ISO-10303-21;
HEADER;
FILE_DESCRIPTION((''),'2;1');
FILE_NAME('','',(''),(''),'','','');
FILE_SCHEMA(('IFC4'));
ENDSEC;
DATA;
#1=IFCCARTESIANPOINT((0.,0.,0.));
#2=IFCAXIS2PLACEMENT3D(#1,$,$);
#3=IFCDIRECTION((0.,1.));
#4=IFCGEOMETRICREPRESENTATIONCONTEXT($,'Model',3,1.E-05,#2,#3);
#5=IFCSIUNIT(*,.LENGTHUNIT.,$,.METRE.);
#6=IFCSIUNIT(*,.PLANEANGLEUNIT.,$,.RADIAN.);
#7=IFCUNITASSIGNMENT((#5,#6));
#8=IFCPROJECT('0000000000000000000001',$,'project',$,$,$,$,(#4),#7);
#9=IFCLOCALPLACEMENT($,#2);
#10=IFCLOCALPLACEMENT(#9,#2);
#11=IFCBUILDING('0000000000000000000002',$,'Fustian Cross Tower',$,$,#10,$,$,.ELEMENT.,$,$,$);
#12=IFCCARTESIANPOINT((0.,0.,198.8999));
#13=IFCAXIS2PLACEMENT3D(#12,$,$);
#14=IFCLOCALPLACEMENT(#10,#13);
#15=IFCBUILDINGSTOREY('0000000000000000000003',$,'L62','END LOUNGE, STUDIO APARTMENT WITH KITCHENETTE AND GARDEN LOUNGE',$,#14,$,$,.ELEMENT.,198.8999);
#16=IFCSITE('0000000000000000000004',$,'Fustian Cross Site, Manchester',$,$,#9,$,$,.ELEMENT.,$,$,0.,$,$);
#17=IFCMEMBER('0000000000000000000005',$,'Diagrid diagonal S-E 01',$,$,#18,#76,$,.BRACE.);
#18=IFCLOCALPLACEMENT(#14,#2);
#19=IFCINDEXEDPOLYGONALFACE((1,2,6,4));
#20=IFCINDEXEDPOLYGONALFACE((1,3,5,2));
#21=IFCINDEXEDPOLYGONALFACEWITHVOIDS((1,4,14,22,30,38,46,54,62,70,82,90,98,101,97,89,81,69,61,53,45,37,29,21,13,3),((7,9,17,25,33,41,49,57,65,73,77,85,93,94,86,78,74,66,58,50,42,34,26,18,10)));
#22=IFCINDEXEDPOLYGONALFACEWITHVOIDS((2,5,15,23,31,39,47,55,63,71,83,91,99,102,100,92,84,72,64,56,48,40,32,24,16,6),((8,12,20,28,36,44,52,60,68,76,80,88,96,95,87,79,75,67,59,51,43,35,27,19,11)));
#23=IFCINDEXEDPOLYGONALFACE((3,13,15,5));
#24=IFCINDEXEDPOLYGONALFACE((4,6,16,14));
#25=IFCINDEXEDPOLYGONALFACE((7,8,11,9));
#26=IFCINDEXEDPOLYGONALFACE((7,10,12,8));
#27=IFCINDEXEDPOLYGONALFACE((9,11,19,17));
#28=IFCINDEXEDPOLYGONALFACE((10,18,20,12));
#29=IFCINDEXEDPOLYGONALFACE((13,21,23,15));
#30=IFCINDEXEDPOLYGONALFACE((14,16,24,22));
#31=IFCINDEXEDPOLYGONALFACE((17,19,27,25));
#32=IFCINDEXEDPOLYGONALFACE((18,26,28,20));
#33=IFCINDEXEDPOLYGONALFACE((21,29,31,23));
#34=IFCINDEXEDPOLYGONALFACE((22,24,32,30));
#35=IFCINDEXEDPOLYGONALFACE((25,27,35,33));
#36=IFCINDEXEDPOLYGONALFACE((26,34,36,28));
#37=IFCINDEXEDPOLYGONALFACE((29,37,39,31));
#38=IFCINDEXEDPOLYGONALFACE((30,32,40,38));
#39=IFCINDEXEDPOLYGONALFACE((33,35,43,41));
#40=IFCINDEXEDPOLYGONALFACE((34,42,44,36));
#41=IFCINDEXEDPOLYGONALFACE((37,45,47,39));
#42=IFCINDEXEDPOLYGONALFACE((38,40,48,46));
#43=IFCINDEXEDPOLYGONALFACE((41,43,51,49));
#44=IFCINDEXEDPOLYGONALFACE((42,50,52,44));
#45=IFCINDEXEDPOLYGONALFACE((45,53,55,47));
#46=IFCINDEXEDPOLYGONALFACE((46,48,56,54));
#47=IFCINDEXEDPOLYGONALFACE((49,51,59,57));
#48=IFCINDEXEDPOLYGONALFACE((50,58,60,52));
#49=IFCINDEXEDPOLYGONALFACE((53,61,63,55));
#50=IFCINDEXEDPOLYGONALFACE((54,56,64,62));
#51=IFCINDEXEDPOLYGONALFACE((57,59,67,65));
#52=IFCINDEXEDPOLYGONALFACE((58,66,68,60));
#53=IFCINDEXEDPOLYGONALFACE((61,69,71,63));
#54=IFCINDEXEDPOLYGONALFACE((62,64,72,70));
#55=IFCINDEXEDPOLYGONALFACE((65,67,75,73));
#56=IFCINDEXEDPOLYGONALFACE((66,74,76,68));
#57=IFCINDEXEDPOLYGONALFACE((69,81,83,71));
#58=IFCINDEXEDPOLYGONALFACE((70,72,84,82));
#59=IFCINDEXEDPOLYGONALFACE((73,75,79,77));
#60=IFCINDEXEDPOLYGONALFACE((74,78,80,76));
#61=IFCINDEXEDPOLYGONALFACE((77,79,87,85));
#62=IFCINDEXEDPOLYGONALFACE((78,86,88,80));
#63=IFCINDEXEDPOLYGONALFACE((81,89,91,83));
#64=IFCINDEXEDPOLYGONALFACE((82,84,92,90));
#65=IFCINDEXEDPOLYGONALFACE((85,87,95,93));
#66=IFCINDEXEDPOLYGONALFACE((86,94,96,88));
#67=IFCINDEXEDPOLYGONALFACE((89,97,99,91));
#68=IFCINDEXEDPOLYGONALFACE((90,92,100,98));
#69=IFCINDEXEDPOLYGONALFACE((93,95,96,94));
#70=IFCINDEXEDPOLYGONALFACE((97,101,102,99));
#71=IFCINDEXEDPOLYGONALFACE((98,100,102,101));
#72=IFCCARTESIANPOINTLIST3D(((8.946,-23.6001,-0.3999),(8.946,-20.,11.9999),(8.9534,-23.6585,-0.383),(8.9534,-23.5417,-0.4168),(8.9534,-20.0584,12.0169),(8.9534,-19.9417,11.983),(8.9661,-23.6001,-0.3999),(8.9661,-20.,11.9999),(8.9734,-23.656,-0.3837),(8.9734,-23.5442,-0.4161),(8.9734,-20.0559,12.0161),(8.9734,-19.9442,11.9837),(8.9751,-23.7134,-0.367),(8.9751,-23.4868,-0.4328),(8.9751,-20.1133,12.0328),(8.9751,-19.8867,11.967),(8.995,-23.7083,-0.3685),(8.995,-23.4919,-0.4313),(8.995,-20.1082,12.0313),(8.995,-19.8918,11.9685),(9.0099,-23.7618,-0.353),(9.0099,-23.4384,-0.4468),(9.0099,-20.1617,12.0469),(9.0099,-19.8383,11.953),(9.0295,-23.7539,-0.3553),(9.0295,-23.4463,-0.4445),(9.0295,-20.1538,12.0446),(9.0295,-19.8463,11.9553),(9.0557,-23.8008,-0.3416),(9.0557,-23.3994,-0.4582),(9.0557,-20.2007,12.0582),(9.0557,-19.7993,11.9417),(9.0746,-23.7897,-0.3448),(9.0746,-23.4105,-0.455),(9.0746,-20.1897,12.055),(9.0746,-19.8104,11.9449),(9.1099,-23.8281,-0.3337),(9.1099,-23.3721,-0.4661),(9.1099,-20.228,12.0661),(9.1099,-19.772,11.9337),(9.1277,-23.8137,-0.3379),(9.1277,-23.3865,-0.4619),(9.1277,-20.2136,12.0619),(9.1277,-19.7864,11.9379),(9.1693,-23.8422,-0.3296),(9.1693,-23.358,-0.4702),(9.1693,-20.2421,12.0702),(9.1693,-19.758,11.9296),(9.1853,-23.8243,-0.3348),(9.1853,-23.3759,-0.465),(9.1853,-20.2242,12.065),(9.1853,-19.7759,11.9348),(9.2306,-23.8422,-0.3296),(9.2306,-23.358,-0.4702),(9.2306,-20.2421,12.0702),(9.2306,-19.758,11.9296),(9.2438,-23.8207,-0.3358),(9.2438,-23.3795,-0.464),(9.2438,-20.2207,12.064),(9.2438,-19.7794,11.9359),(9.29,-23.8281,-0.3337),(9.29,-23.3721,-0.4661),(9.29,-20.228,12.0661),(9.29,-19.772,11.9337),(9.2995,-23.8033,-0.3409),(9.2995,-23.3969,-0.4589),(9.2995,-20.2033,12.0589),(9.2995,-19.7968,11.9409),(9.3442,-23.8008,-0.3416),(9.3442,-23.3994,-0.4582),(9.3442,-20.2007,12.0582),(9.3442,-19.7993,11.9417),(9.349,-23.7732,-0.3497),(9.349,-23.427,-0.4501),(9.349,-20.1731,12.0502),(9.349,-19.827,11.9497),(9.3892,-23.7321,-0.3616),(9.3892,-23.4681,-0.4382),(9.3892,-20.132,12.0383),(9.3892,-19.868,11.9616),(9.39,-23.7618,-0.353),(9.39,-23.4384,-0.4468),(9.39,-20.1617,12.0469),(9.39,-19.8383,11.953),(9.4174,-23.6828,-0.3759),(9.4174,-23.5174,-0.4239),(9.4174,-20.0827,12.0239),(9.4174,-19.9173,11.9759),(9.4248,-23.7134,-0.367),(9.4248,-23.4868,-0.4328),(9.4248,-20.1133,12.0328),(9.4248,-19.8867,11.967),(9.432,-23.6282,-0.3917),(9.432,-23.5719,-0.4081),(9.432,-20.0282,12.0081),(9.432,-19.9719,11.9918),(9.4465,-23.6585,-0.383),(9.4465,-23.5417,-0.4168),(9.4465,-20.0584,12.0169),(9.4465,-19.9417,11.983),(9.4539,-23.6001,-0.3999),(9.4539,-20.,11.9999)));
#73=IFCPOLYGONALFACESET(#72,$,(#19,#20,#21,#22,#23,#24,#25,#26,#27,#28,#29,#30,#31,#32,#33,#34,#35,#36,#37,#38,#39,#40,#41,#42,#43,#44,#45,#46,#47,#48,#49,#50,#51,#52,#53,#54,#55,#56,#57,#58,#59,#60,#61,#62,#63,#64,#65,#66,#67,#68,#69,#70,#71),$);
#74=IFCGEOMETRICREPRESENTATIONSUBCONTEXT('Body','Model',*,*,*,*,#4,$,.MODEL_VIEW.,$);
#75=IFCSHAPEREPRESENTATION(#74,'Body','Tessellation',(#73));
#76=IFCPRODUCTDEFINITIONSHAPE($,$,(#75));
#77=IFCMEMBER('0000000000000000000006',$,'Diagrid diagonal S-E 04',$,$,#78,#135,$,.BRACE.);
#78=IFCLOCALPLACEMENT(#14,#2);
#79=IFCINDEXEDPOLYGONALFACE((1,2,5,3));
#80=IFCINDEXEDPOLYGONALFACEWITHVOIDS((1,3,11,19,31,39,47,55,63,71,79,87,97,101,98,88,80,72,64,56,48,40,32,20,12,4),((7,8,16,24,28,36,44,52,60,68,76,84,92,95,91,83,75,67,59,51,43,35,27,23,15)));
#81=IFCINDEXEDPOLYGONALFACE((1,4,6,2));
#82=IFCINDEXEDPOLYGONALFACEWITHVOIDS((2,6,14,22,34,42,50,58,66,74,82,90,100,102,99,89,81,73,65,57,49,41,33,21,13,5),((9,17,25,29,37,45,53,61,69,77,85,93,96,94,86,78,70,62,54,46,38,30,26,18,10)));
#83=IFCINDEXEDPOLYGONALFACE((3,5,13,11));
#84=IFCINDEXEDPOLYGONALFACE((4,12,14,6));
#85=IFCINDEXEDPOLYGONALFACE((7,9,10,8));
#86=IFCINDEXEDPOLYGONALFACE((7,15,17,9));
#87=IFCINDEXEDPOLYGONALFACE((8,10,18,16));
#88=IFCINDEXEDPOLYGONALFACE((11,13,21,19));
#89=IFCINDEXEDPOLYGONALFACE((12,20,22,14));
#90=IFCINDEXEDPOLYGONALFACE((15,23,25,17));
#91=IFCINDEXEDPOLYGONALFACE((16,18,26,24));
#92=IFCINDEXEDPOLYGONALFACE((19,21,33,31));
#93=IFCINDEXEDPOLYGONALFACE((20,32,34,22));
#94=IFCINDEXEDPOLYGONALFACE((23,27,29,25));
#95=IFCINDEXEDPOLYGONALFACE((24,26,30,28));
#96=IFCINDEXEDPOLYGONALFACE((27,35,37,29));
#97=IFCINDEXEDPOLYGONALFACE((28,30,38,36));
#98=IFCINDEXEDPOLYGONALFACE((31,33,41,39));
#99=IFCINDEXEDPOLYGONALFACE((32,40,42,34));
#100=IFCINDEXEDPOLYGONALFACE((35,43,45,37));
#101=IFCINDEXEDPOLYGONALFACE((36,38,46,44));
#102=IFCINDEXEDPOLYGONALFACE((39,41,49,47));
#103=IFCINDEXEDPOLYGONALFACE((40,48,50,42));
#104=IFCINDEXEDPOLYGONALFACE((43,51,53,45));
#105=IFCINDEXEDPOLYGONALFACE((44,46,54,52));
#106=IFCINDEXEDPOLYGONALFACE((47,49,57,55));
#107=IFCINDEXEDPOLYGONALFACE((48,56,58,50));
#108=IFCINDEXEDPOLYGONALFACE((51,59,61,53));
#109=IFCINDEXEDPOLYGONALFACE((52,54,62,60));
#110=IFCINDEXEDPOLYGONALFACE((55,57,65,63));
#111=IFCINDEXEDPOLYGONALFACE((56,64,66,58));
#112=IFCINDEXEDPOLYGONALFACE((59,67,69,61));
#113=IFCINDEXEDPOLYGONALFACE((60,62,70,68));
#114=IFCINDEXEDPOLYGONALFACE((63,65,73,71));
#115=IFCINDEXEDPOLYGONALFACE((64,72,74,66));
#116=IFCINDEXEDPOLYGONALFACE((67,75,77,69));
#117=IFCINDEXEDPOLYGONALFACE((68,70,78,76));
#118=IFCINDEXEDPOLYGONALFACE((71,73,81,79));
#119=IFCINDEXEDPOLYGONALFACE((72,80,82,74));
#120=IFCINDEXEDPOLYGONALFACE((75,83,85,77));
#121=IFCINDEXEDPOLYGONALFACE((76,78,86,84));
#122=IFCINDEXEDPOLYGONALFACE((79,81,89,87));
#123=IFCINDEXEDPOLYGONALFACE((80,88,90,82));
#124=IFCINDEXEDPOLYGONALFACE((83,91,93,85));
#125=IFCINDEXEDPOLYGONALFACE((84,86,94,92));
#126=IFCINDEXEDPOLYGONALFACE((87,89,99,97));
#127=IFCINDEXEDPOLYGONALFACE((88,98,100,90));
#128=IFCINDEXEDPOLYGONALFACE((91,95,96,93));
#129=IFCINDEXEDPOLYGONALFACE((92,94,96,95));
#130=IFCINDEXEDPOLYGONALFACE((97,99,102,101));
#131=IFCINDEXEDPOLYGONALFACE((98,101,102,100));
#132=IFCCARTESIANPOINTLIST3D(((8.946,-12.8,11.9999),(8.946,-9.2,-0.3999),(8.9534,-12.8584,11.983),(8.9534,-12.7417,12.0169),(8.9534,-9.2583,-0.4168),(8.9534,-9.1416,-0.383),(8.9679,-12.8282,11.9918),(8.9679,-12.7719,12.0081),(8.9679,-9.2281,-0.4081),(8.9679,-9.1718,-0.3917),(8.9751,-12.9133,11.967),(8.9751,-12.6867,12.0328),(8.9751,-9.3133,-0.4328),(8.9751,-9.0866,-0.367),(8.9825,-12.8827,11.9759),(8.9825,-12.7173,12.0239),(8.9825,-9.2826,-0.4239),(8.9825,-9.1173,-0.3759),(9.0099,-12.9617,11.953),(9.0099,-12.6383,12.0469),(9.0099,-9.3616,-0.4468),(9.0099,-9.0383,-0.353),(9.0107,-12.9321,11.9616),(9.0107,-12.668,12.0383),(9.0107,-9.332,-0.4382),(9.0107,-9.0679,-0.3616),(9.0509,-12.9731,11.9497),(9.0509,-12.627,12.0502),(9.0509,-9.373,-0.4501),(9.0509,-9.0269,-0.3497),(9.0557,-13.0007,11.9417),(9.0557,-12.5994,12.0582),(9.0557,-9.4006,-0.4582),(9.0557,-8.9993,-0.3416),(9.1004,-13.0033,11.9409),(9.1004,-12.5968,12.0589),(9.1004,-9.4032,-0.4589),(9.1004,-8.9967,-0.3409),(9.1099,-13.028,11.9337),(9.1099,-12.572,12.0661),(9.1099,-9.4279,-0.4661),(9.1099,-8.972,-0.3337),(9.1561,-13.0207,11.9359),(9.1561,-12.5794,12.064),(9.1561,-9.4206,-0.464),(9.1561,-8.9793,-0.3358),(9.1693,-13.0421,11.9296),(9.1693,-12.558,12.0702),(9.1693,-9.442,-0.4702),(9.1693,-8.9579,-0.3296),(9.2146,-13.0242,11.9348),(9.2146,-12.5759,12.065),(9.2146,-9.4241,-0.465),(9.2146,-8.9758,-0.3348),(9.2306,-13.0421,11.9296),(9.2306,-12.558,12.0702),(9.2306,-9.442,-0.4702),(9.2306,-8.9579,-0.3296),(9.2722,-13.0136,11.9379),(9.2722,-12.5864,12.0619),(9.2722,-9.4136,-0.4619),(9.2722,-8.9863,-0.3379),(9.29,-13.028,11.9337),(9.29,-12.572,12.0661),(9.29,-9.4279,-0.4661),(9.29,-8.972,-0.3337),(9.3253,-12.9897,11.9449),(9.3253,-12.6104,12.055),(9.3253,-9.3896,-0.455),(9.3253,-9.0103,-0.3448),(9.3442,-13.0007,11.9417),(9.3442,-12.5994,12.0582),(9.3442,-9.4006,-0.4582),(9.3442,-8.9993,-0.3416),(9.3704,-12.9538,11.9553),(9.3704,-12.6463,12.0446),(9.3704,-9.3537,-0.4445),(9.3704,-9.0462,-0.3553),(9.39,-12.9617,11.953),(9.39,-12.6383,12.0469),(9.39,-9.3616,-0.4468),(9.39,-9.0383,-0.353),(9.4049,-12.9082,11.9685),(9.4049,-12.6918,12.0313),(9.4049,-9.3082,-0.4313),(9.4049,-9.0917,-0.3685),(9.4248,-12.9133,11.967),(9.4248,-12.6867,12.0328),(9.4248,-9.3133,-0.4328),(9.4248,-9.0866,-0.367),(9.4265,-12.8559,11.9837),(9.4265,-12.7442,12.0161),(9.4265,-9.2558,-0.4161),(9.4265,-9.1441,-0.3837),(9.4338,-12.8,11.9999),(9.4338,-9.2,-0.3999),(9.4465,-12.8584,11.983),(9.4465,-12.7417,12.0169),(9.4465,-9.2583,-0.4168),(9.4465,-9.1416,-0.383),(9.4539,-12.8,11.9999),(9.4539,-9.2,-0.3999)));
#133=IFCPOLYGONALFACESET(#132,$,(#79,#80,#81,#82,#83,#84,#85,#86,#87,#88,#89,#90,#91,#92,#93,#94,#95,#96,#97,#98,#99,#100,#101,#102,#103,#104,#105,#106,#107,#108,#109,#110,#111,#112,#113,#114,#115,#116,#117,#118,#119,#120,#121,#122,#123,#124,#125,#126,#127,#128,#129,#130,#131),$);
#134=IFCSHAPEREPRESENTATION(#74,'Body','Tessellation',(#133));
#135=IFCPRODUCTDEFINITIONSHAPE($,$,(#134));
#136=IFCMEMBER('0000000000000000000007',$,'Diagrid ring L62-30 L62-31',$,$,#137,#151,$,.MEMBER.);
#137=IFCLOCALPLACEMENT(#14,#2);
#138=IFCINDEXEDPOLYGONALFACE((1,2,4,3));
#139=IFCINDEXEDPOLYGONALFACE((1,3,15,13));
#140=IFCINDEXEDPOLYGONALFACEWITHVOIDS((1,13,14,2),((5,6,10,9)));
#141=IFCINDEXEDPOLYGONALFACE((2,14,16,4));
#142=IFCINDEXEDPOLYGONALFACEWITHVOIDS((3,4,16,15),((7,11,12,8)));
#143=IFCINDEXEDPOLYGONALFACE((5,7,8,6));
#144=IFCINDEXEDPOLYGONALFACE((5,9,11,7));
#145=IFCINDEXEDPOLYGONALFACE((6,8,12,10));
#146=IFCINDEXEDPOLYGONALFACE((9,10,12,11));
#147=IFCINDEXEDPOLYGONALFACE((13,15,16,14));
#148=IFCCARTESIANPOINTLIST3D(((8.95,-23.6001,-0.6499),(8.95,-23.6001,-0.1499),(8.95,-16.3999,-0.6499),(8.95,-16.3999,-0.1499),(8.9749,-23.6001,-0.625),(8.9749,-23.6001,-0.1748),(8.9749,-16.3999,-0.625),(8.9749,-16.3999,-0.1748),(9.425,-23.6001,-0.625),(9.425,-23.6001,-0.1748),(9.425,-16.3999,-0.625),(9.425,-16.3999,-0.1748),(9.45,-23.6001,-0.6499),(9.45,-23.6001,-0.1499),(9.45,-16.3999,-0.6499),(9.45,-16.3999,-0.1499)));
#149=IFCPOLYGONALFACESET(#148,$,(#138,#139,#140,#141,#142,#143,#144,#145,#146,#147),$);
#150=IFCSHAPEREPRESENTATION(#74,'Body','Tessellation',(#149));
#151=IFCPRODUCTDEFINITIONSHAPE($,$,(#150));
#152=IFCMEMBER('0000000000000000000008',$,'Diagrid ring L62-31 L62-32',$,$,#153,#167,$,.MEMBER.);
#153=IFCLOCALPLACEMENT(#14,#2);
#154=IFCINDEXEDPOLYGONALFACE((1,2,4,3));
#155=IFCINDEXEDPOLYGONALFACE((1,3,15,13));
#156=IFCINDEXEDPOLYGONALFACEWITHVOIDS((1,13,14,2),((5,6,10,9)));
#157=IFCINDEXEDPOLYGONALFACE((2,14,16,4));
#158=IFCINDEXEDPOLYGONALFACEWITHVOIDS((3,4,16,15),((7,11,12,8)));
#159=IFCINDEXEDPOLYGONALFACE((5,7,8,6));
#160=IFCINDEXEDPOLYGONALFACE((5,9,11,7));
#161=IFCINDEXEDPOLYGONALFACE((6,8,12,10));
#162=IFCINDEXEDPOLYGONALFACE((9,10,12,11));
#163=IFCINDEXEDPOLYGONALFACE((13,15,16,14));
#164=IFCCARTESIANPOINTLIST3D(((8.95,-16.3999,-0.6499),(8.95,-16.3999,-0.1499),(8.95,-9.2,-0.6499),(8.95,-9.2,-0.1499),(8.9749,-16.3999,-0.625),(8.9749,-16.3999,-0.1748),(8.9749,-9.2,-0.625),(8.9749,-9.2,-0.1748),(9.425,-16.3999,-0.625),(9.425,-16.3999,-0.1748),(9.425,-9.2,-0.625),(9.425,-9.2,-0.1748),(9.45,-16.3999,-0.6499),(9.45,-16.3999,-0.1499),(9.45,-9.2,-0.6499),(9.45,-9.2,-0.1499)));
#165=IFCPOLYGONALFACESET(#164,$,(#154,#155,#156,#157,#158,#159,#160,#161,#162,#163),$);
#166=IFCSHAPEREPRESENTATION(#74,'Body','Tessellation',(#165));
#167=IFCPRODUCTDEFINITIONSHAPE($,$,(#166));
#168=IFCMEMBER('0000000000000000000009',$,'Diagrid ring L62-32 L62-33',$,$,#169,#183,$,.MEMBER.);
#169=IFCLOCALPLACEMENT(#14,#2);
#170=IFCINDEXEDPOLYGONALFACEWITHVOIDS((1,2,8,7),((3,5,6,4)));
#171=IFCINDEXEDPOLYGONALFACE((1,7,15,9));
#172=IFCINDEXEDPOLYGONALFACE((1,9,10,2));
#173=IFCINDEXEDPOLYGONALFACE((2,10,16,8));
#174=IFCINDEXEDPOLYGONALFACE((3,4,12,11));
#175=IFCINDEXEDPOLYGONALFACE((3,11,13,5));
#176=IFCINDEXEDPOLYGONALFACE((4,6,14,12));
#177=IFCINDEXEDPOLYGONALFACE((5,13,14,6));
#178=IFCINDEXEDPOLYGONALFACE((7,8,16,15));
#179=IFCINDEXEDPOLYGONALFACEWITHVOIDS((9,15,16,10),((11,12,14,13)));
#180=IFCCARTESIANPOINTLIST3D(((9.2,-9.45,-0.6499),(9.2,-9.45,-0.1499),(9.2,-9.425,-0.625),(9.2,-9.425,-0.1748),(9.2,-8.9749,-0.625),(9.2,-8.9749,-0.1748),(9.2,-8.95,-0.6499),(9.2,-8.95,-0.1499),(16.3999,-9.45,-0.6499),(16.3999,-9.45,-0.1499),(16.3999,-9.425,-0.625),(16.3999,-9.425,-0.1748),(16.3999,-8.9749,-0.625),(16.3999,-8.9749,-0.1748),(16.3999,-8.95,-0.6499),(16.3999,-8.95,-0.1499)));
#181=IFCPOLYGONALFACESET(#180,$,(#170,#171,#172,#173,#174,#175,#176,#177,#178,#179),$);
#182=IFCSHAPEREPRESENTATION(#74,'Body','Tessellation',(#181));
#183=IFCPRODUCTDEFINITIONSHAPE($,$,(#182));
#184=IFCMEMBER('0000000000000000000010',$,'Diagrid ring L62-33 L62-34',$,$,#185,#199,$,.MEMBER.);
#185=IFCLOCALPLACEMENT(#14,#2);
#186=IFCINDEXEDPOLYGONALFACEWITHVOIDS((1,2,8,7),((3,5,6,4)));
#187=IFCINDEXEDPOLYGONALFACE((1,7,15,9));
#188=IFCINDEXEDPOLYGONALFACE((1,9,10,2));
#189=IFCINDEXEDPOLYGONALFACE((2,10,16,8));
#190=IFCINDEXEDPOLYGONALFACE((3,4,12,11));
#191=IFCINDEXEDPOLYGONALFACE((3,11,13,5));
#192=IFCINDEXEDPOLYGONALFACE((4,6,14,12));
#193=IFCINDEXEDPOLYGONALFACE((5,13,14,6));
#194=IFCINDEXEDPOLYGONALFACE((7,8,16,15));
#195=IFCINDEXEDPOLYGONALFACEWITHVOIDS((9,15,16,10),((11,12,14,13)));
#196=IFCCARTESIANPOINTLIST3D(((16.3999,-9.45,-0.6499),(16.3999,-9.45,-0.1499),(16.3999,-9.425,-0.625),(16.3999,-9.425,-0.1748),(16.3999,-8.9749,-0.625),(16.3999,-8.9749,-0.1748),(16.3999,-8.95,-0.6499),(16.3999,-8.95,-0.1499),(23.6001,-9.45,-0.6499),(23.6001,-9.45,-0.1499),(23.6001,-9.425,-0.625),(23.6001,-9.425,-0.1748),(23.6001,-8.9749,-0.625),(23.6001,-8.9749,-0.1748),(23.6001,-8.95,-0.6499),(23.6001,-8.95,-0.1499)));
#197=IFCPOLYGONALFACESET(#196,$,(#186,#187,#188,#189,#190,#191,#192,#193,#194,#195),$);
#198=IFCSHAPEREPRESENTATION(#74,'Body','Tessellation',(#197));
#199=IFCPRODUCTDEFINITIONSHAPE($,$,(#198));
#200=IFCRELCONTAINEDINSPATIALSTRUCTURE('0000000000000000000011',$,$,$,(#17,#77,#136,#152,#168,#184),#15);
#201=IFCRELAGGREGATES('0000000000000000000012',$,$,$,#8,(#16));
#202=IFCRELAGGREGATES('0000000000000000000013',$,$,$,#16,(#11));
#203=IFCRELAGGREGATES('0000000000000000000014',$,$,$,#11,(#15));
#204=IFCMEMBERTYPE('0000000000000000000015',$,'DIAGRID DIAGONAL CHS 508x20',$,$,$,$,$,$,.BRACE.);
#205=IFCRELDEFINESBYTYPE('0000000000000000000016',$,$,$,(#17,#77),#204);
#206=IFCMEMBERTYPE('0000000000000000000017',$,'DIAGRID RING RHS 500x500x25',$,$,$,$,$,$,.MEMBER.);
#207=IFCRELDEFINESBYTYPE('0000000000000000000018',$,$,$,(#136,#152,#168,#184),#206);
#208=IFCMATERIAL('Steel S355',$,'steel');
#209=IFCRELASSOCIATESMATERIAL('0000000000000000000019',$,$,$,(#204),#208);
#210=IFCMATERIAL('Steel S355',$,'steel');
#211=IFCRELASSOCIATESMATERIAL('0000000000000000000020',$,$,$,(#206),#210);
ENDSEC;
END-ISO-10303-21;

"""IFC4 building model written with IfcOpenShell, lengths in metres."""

from ifc_helpers import new_model, si_unit, direction, frame, origin, origin_2d, place, context, subcontext, project, spatial, hollow_rectangle, hollow_circle, extrude, material, material_profile, profile_set, type_object, element, save


model = new_model("IFC4")

# Units and contexts
model_context = context("Model", 3, precision=1e-05, world=origin(), true_north=direction((0.0, 1.0)))
body_context = subcontext(model_context, "Body", "Model", "MODEL_VIEW")
ifc_project = project(units=[si_unit("LENGTHUNIT", "METRE"), si_unit("PLANEANGLEUNIT", "RADIAN")], contexts=[model_context])

# Site, building, storey
site_placement = place(None, origin())
site = spatial("IfcSite", under=ifc_project, at=site_placement, Name="Fustian Cross Site, Manchester", CompositionType="ELEMENT", RefElevation=0.0)
building_placement = place(site_placement, origin())
building = spatial("IfcBuilding", under=site, at=building_placement, Name="Fustian Cross Tower", CompositionType="ELEMENT")
storey_placement = place(building_placement, frame((0.0, 0.0, 198.8999)))
storey = spatial("IfcBuildingStorey", under=building, at=storey_placement, Name="L62", Description="END LOUNGE, STUDIO APARTMENT WITH KITCHENETTE AND GARDEN LOUNGE", CompositionType="ELEMENT", Elevation=198.8999)

# Members
ifc_material_1 = material(Name="Steel S355", Category="steel")
ifc_material_profile_1 = material_profile(ifc_material_1, hollow_circle(Radius=0.2539, WallThickness=0.02, at=origin_2d()), Name="CHS 508x20")
ifc_profile_set_1 = profile_set([ifc_material_profile_1], Name="Steel S355")
member_type_1 = type_object("IfcMemberType", Name="DIAGRID DIAGONAL CHS 508x20", PredefinedType="BRACE", material=ifc_profile_set_1)
for number, where, z_axis, x_axis, name in (
    (1, (9.2, -23.6001, -0.3999), (0.0, 0.278819, 0.960344), (-1.0, 0.0, 0.0), "Diagrid diagonal S-E 01"),
    (2, (9.2, -9.2, -0.3999), (0.0, -0.278819, 0.960344), (1.0, 0.0, 0.0), "Diagrid diagonal S-E 04"),
):
    element("IfcMember", number, at=place(storey_placement, frame(where, z_axis=z_axis, x_axis=x_axis)), inside=storey, type_object=member_type_1, Name=name, PredefinedType="BRACE", context=body_context, shape_type="SweptSolid", body=[
        extrude(hollow_circle(Radius=0.2539, WallThickness=0.02, at=origin_2d()), origin(), (0.0, 0.0, 1.0), 12.9119),
    ])
ifc_material_2 = material(Name="Steel S355", Category="steel")
ifc_material_profile_2 = material_profile(ifc_material_2, hollow_rectangle(XDim=0.5, YDim=0.5, WallThickness=0.0249, at=origin_2d()), Name="RHS 500x500x25")
ifc_profile_set_2 = profile_set([ifc_material_profile_2], Name="Steel S355")
member_type_2 = type_object("IfcMemberType", Name="DIAGRID RING RHS 500x500x25", PredefinedType="MEMBER", material=ifc_profile_set_2)
member_1_placement = place(storey_placement, frame((9.2, -23.6001, -0.3999), z_axis=(0.0, 1.0, 0.0), x_axis=(-1.0, 0.0, 0.0)))
element("IfcMember", 3, at=member_1_placement, inside=storey, type_object=member_type_2, Name="Diagrid ring L62-30 L62-31", PredefinedType="MEMBER", context=body_context, shape_type="SweptSolid", body=[
    extrude(hollow_rectangle(XDim=0.5, YDim=0.5, WallThickness=0.0249, at=origin_2d()), origin(), (0.0, 0.0, 1.0), 7.2002),
])
for number, where, z_axis, x_axis, name in (
    (4, (9.2, -16.3999, -0.3999), (0.0, 1.0, 0.0), (-1.0, 0.0, 0.0), "Diagrid ring L62-31 L62-32"),
    (5, (9.2, -9.2, -0.3999), (1.0, 0.0, 0.0), (0.0, 1.0, 0.0), "Diagrid ring L62-32 L62-33"),
):
    element("IfcMember", number, at=place(storey_placement, frame(where, z_axis=z_axis, x_axis=x_axis)), inside=storey, type_object=member_type_2, Name=name, PredefinedType="MEMBER", context=body_context, shape_type="SweptSolid", body=[
        extrude(hollow_rectangle(XDim=0.5, YDim=0.5, WallThickness=0.0249, at=origin_2d()), origin(), (0.0, 0.0, 1.0), 7.2),
    ])
member_2_placement = place(storey_placement, frame((16.3999, -9.2, -0.3999), z_axis=(1.0, 0.0, 0.0), x_axis=(0.0, 1.0, 0.0)))
element("IfcMember", 6, at=member_2_placement, inside=storey, type_object=member_type_2, Name="Diagrid ring L62-33 L62-34", PredefinedType="MEMBER", context=body_context, shape_type="SweptSolid", body=[
    extrude(hollow_rectangle(XDim=0.5, YDim=0.5, WallThickness=0.0249, at=origin_2d()), origin(), (0.0, 0.0, 1.0), 7.2002),
])

save(model, "model.ifc")
